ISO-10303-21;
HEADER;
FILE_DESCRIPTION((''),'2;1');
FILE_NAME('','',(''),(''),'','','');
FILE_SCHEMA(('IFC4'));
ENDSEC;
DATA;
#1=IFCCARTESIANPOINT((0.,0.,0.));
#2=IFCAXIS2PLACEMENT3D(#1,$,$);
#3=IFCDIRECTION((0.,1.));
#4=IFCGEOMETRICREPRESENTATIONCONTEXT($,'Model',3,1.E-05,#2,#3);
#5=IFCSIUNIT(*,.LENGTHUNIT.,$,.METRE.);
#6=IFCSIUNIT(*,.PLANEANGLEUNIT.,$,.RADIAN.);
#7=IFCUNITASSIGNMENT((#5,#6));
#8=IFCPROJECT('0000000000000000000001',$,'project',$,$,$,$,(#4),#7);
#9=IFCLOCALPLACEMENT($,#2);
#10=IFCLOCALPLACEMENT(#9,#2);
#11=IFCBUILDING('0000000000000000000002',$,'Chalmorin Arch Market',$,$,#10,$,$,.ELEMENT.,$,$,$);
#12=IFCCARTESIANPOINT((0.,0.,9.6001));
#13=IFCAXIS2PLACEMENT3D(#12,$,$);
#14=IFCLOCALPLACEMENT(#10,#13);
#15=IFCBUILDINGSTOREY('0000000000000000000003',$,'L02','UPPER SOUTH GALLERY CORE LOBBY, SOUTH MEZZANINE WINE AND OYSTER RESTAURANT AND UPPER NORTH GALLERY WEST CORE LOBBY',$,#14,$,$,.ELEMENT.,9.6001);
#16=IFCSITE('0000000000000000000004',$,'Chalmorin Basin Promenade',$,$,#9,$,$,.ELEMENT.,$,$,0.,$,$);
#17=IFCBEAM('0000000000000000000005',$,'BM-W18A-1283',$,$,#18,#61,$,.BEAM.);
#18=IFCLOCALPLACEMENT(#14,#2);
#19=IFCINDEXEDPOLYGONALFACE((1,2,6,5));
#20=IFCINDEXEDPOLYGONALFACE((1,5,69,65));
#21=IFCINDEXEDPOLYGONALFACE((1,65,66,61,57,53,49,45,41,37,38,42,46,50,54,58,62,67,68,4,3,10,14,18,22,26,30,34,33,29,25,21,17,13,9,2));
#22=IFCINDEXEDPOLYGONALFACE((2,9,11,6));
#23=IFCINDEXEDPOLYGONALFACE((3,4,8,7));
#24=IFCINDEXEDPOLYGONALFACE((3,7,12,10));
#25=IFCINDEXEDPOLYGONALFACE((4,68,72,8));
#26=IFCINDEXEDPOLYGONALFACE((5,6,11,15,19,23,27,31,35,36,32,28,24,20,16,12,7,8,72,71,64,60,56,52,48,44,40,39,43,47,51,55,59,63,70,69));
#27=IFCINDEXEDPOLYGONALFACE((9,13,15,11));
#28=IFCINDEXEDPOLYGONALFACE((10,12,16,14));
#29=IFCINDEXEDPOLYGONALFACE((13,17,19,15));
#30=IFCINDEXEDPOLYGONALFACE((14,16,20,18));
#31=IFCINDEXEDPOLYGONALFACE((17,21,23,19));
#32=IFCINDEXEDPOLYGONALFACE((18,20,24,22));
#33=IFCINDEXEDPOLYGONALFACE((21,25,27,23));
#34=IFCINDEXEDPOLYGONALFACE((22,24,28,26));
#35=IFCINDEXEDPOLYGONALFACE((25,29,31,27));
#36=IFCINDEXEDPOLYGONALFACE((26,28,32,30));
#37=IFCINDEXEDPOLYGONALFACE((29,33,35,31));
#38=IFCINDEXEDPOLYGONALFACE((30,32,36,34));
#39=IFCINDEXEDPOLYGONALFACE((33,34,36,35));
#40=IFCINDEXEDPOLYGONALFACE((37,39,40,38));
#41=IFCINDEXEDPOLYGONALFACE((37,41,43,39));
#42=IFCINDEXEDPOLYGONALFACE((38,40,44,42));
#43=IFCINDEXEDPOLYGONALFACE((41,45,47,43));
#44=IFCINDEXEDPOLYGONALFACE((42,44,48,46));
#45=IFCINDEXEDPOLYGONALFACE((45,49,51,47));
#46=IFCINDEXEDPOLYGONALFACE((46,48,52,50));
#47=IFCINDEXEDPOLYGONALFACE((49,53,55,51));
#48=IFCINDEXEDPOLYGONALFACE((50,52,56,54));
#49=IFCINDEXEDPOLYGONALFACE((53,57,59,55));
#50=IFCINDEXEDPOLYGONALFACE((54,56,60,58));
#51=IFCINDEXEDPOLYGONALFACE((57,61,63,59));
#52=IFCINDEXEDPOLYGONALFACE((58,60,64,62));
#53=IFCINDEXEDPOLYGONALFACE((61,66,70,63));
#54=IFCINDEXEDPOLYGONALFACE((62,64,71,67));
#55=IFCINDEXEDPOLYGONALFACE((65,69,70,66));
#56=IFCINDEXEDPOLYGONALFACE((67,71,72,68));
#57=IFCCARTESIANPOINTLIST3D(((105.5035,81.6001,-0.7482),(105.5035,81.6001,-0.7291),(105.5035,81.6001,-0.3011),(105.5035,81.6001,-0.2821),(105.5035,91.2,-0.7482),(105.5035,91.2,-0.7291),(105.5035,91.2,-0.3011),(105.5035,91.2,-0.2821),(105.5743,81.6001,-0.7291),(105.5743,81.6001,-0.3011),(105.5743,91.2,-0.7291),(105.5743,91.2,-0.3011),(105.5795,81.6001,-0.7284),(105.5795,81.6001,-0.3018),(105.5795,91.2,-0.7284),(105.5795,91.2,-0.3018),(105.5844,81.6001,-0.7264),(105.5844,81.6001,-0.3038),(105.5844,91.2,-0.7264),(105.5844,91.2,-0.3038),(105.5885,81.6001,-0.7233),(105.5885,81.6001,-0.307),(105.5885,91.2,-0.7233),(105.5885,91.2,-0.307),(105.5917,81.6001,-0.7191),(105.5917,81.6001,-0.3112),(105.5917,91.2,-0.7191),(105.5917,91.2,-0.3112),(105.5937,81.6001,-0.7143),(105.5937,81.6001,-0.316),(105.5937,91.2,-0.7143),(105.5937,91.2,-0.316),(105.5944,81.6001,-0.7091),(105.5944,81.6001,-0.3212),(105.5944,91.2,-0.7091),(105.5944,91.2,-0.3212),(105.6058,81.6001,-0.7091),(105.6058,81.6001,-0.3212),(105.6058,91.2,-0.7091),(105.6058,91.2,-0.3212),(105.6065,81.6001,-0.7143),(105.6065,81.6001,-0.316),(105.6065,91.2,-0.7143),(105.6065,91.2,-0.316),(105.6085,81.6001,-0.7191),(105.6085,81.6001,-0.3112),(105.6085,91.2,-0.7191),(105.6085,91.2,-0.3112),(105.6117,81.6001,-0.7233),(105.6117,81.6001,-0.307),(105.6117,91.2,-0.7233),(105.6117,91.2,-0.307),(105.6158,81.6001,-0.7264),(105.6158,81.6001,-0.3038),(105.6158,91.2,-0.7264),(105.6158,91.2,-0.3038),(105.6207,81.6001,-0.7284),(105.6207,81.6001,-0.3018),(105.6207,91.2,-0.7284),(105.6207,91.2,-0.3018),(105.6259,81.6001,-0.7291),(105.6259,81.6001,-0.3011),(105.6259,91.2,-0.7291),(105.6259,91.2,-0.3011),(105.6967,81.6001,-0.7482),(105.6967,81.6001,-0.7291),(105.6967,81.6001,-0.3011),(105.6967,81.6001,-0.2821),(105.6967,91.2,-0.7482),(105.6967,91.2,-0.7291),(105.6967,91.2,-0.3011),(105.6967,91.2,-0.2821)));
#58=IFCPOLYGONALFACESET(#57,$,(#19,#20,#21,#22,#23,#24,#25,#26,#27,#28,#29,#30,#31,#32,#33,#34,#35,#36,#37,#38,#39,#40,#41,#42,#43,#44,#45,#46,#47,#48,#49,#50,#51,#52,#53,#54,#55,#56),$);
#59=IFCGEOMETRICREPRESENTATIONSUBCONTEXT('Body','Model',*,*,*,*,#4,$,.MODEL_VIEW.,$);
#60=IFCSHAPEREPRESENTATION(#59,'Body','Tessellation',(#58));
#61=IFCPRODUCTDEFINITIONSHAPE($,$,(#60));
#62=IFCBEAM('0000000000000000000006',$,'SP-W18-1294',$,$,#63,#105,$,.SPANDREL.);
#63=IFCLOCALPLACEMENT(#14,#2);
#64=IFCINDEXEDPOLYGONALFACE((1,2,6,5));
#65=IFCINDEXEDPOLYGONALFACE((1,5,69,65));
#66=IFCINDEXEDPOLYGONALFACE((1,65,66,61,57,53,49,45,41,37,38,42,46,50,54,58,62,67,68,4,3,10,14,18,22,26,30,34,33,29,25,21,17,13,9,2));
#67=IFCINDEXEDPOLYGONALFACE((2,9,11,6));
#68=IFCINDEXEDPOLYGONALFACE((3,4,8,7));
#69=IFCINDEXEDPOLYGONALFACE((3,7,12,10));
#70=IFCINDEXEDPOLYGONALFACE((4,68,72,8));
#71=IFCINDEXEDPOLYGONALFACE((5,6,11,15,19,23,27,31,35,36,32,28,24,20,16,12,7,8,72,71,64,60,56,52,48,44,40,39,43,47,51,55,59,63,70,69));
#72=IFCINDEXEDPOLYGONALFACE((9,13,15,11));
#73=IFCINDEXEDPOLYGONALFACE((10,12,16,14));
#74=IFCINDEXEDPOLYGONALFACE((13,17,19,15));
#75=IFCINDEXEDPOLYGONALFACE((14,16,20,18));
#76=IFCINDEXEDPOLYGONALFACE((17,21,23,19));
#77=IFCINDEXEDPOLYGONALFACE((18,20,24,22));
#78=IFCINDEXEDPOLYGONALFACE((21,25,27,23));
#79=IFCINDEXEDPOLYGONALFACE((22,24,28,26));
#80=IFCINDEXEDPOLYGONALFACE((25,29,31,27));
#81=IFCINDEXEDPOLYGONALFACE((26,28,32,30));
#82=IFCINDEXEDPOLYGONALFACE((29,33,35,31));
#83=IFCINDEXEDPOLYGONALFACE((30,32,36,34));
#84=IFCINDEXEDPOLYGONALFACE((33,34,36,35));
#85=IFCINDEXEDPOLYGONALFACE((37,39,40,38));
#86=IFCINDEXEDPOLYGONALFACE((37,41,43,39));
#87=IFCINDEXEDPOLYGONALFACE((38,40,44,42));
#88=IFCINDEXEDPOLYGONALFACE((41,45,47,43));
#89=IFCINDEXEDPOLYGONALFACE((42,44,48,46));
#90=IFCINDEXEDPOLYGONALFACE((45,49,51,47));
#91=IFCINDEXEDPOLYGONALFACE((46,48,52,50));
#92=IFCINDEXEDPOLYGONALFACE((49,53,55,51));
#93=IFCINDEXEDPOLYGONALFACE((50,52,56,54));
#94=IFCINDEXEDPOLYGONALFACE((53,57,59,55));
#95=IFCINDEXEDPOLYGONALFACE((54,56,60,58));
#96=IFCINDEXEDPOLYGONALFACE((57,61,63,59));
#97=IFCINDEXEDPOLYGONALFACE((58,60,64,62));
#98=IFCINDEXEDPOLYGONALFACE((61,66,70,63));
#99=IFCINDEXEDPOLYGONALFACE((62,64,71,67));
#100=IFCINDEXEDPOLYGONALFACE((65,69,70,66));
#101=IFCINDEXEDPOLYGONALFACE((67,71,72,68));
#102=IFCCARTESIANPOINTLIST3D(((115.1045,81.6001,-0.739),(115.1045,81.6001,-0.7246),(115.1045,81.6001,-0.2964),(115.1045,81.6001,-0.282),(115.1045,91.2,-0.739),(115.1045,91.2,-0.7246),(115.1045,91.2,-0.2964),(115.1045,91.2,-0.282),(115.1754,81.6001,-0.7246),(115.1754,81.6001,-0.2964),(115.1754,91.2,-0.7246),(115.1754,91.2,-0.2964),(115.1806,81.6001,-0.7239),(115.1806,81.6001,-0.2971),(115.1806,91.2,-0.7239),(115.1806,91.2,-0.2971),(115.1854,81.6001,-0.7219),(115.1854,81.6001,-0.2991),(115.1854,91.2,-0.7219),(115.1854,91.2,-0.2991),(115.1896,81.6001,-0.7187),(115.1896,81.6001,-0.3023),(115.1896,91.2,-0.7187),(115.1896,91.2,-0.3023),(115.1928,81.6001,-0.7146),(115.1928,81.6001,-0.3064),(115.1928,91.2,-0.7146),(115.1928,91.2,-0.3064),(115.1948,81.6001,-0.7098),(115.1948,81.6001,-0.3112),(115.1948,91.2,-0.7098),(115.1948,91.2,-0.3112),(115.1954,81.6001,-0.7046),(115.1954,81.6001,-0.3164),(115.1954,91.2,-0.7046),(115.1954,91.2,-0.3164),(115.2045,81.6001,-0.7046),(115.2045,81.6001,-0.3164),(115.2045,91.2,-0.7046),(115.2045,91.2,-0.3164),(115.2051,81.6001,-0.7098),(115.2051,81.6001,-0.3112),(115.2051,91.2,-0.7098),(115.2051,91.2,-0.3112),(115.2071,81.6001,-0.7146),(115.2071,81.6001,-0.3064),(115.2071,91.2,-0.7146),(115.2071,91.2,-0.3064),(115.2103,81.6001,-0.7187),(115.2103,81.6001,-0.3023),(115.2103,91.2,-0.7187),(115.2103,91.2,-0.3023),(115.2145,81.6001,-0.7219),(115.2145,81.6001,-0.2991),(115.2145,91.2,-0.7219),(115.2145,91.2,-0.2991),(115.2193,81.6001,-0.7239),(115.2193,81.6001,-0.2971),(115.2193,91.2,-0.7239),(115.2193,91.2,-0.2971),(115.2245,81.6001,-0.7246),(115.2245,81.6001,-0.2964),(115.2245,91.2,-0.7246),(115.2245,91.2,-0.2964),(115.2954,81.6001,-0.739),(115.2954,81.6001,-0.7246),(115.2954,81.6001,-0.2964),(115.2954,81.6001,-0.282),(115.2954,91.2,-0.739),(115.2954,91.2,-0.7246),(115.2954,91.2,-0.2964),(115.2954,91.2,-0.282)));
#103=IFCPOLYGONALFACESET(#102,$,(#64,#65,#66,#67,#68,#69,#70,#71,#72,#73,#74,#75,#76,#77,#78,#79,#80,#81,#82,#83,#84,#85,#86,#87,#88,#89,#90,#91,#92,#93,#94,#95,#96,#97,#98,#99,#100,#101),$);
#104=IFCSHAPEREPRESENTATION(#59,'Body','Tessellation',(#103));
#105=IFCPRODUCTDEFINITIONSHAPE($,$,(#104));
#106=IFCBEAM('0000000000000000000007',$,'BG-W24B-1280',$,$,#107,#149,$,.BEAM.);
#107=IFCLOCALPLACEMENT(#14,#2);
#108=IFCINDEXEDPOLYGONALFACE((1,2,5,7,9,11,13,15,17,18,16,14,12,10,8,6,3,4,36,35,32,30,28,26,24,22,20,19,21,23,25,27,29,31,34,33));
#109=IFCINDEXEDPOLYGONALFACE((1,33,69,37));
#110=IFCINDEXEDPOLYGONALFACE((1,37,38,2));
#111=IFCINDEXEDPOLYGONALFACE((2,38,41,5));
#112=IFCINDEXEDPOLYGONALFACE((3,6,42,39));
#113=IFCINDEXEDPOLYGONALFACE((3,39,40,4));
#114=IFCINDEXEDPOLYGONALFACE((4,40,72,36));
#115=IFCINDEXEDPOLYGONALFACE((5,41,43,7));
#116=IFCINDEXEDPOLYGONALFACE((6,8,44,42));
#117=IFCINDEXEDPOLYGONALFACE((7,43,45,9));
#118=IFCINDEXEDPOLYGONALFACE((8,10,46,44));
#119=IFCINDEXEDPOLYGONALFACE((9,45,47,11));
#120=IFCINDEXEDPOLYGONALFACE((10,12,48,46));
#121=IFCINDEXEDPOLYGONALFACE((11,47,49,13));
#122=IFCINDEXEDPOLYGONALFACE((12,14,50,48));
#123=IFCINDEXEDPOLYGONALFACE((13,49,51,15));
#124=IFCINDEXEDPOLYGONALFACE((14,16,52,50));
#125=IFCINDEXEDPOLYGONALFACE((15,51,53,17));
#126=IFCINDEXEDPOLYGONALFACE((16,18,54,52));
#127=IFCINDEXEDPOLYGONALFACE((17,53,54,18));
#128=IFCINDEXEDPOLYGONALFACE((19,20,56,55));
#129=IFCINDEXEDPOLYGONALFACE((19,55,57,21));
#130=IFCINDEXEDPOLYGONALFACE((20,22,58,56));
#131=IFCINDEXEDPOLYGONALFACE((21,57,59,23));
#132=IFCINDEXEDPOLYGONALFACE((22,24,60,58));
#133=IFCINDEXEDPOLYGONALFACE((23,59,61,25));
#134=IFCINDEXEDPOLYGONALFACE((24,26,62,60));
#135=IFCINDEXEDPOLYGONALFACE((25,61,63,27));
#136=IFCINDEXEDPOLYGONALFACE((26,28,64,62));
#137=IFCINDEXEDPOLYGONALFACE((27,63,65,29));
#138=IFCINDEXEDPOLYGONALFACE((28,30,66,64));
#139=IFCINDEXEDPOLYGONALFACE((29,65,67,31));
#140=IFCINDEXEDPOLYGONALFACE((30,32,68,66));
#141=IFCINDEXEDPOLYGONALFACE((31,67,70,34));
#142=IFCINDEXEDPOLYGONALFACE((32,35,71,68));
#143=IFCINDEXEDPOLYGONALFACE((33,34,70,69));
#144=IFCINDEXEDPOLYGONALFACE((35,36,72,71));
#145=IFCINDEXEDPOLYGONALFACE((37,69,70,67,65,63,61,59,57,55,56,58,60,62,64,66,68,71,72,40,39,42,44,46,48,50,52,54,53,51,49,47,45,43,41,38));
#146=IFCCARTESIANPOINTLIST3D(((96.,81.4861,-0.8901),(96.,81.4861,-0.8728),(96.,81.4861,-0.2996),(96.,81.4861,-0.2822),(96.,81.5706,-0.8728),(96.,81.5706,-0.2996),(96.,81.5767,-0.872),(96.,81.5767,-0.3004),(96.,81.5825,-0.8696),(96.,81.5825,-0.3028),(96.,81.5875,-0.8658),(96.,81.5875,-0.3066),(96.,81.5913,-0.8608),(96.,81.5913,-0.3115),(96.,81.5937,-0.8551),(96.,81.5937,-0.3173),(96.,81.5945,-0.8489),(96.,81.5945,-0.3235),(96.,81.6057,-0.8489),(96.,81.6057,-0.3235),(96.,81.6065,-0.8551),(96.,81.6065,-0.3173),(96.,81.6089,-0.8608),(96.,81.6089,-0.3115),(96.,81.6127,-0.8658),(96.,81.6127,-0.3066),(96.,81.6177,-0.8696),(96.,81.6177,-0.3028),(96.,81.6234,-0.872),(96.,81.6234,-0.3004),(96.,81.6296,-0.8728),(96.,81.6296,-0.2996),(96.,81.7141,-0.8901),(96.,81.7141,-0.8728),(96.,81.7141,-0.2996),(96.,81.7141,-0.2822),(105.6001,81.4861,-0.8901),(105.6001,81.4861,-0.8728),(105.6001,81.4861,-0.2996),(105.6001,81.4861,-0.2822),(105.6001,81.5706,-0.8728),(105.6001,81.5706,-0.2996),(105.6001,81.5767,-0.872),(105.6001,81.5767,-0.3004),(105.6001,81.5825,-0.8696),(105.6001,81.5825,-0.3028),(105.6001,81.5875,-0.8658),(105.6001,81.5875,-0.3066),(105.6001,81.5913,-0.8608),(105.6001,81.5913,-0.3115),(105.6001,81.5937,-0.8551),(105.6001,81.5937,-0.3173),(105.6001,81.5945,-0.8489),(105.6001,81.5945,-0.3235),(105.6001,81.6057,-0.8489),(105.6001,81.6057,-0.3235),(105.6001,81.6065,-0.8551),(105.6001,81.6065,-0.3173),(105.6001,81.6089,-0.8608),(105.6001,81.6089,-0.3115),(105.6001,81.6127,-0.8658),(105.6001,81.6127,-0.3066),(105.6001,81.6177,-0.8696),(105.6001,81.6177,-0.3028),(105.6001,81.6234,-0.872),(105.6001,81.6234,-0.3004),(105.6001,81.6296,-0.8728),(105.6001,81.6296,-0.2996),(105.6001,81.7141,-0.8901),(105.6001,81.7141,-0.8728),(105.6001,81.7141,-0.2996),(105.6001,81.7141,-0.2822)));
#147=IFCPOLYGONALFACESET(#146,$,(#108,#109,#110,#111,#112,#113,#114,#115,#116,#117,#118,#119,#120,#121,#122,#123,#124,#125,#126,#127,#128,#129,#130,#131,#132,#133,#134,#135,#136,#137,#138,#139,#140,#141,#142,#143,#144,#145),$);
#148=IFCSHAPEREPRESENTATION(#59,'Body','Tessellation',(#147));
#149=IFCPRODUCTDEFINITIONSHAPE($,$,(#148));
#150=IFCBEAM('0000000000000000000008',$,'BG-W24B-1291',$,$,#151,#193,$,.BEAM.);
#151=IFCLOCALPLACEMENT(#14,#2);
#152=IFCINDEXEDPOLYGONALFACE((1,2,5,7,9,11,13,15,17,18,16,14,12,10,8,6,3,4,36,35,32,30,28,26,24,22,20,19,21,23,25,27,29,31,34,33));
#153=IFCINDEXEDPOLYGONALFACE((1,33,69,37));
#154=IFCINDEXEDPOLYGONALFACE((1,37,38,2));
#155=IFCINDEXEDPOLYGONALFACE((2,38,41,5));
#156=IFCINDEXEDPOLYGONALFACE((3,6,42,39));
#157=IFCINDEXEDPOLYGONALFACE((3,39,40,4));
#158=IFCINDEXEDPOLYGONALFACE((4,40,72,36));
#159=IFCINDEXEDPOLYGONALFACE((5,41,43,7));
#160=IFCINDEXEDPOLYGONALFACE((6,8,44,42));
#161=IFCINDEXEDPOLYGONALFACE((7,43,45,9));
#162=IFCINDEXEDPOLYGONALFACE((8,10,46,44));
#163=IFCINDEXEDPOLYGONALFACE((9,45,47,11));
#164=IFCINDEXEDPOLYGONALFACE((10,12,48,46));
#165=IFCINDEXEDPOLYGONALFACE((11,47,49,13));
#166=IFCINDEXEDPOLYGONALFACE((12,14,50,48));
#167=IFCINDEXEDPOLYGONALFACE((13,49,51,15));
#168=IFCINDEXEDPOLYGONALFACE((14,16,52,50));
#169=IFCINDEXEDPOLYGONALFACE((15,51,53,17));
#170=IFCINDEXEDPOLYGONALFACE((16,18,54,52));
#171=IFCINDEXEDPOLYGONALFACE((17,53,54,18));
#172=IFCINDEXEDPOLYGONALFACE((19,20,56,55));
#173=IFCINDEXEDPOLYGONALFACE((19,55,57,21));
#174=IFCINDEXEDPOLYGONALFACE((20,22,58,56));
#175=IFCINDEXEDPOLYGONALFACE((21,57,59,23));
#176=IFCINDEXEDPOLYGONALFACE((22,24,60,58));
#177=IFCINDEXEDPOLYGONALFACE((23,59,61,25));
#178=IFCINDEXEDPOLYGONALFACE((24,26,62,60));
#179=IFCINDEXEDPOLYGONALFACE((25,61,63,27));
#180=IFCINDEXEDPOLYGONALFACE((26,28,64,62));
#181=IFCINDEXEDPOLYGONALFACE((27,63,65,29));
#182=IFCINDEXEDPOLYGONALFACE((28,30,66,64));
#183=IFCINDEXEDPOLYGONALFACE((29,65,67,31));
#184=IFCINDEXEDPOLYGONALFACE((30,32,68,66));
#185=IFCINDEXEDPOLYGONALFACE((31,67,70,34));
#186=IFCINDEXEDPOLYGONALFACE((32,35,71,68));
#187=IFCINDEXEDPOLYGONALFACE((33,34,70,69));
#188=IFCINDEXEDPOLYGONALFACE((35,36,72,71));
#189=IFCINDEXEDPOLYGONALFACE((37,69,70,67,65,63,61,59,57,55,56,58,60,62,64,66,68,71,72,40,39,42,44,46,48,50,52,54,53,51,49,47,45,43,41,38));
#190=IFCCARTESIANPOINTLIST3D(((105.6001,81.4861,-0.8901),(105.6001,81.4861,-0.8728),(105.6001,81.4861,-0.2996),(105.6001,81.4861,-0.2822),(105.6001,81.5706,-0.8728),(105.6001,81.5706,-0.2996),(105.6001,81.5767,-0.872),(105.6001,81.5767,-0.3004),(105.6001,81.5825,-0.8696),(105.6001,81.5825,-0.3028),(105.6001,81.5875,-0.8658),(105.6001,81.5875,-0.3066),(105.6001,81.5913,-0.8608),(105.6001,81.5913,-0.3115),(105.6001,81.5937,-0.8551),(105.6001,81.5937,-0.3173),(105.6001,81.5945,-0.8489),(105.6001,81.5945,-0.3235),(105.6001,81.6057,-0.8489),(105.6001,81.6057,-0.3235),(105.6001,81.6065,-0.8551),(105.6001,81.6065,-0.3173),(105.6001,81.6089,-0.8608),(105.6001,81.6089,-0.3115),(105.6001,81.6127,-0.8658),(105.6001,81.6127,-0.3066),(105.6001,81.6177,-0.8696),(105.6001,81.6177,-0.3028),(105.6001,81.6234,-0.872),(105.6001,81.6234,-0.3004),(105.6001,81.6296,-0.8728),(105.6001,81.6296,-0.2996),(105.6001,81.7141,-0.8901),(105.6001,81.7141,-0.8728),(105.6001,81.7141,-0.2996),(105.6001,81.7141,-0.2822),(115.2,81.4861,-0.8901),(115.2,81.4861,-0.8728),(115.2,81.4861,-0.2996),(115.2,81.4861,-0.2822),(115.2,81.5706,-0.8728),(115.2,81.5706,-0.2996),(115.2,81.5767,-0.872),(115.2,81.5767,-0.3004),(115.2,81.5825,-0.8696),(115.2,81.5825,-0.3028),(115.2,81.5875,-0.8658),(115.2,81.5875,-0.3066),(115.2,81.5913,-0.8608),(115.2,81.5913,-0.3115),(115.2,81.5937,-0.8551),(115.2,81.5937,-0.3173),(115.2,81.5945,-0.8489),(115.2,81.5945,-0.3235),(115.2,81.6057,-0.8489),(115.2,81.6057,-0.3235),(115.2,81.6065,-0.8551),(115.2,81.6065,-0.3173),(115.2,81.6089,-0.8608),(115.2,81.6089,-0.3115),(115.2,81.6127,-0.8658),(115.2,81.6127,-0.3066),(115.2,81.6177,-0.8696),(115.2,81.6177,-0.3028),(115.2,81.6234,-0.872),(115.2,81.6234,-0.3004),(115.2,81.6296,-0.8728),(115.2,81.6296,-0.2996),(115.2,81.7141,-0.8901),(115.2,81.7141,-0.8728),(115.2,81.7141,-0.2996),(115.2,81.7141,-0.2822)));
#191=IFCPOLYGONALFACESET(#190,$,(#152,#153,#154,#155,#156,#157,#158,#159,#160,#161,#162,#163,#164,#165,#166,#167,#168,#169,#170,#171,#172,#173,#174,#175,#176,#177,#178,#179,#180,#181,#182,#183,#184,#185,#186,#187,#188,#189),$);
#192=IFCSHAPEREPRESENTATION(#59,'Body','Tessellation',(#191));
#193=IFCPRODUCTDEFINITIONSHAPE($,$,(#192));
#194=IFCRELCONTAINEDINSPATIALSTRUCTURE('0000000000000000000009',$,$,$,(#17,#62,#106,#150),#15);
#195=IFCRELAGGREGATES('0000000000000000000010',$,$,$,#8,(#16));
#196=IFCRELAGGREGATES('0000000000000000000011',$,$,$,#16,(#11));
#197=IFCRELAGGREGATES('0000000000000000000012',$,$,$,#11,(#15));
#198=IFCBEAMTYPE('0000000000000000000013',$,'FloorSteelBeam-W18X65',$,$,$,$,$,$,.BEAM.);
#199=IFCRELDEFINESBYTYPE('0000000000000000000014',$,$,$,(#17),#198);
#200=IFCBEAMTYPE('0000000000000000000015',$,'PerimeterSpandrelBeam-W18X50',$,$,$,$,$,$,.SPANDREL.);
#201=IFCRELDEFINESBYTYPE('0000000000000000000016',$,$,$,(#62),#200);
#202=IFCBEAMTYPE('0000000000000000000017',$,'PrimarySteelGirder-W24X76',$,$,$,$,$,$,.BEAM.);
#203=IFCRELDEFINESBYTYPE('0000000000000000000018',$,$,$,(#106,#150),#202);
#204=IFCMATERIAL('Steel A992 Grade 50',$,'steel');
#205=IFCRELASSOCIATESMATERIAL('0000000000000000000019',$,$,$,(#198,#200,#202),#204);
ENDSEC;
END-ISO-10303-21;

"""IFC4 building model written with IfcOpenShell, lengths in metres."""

from ifc_helpers import new_model, si_unit, direction, frame, origin, origin_2d, place, context, subcontext, project, spatial, i_section, extrude, material, material_profile, profile_set, type_object, element, save


model = new_model("IFC4")

# Units and contexts
model_context = context("Model", 3, precision=1e-05, world=origin(), true_north=direction((0.0, 1.0)))
body_context = subcontext(model_context, "Body", "Model", "MODEL_VIEW")
ifc_project = project(units=[si_unit("LENGTHUNIT", "METRE"), si_unit("PLANEANGLEUNIT", "RADIAN")], contexts=[model_context])

# Site, building, storey
site_placement = place(None, origin())
site = spatial("IfcSite", under=ifc_project, at=site_placement, Name="Chalmorin Basin Promenade", CompositionType="ELEMENT", RefElevation=0.0)
building_placement = place(site_placement, origin())
building = spatial("IfcBuilding", under=site, at=building_placement, Name="Chalmorin Arch Market", CompositionType="ELEMENT")
storey_placement = place(building_placement, frame((0.0, 0.0, 9.6001)))
storey = spatial("IfcBuildingStorey", under=building, at=storey_placement, Name="L02", Description="UPPER SOUTH GALLERY CORE LOBBY, SOUTH MEZZANINE WINE AND OYSTER RESTAURANT AND UPPER NORTH GALLERY WEST CORE LOBBY", CompositionType="ELEMENT", Elevation=9.6001)

# Beams
ifc_material_1 = material(Name="Steel A992 Grade 50", Category="steel")
ifc_material_profile_1 = material_profile(ifc_material_1, i_section(OverallWidth=0.1931, OverallDepth=0.4661, WebThickness=0.0115, FlangeThickness=0.019, FilletRadius=0.02, at=origin_2d()), Name="W18X65")
ifc_profile_set_1 = profile_set([ifc_material_profile_1], Name="Steel A992 Grade 50")
beam_type_1 = type_object("IfcBeamType", Name="FloorSteelBeam-W18X65", PredefinedType="BEAM", material=ifc_profile_set_1)
for number, where, z_axis, x_axis, name in (
    (1, (105.6001, 81.6001, -0.5151), (0.0, 1.0, 0.0), (-1.0, 0.0, 0.0), "BM-W18A-1283"),
):
    element("IfcBeam", number, at=place(storey_placement, frame(where, z_axis=z_axis, x_axis=x_axis)), inside=storey, type_object=beam_type_1, Name=name, PredefinedType="BEAM", context=body_context, shape_type="SweptSolid", body=[
        extrude(i_section(OverallWidth=0.1931, OverallDepth=0.4661, WebThickness=0.0115, FlangeThickness=0.019, FilletRadius=0.02, at=origin_2d()), origin(), (0.0, 0.0, 1.0), 9.5999),
    ])
ifc_material_profile_2 = material_profile(ifc_material_1, i_section(OverallWidth=0.1909, OverallDepth=0.457, WebThickness=0.009, FlangeThickness=0.0144, FilletRadius=0.02, at=origin_2d()), Name="W18X50")
ifc_profile_set_2 = profile_set([ifc_material_profile_2], Name="Steel A992 Grade 50")
beam_type_2 = type_object("IfcBeamType", Name="PerimeterSpandrelBeam-W18X50", PredefinedType="SPANDREL", material=ifc_profile_set_2)
beam_1_placement = place(storey_placement, frame((115.2, 81.6001, -0.5105), z_axis=(0.0, 1.0, 0.0), x_axis=(-1.0, 0.0, 0.0)))
element("IfcBeam", 2, at=beam_1_placement, inside=storey, type_object=beam_type_2, Name="SP-W18-1294", PredefinedType="SPANDREL", context=body_context, shape_type="SweptSolid", body=[
    extrude(i_section(OverallWidth=0.1909, OverallDepth=0.457, WebThickness=0.009, FlangeThickness=0.0144, FilletRadius=0.02, at=origin_2d()), origin(), (0.0, 0.0, 1.0), 9.5999),
])
ifc_material_profile_3 = material_profile(ifc_material_1, i_section(OverallWidth=0.228, OverallDepth=0.6079, WebThickness=0.0112, FlangeThickness=0.0173, FilletRadius=0.0239, at=origin_2d()), Name="W24X76")
ifc_profile_set_3 = profile_set([ifc_material_profile_3], Name="Steel A992 Grade 50")
beam_type_3 = type_object("IfcBeamType", Name="PrimarySteelGirder-W24X76", PredefinedType="BEAM", material=ifc_profile_set_3)
beam_2_placement = place(storey_placement, frame((96.0, 81.6001, -0.5862), z_axis=(1.0, 0.0, 0.0), x_axis=(0.0, 1.0, 0.0)))
element("IfcBeam", 3, at=beam_2_placement, inside=storey, type_object=beam_type_3, Name="BG-W24B-1280", PredefinedType="BEAM", context=body_context, shape_type="SweptSolid", body=[
    extrude(i_section(OverallWidth=0.228, OverallDepth=0.6079, WebThickness=0.0112, FlangeThickness=0.0173, FilletRadius=0.0239, at=origin_2d()), origin(), (0.0, 0.0, 1.0), 9.6001),
])
beam_3_placement = place(storey_placement, frame((105.6001, 81.6001, -0.5862), z_axis=(1.0, 0.0, 0.0), x_axis=(0.0, 1.0, 0.0)))
element("IfcBeam", 4, at=beam_3_placement, inside=storey, type_object=beam_type_3, Name="BG-W24B-1291", PredefinedType="BEAM", context=body_context, shape_type="SweptSolid", body=[
    extrude(i_section(OverallWidth=0.228, OverallDepth=0.6079, WebThickness=0.0112, FlangeThickness=0.0173, FilletRadius=0.0239, at=origin_2d()), origin(), (0.0, 0.0, 1.0), 9.5999),
])

save(model, "model.ifc")
